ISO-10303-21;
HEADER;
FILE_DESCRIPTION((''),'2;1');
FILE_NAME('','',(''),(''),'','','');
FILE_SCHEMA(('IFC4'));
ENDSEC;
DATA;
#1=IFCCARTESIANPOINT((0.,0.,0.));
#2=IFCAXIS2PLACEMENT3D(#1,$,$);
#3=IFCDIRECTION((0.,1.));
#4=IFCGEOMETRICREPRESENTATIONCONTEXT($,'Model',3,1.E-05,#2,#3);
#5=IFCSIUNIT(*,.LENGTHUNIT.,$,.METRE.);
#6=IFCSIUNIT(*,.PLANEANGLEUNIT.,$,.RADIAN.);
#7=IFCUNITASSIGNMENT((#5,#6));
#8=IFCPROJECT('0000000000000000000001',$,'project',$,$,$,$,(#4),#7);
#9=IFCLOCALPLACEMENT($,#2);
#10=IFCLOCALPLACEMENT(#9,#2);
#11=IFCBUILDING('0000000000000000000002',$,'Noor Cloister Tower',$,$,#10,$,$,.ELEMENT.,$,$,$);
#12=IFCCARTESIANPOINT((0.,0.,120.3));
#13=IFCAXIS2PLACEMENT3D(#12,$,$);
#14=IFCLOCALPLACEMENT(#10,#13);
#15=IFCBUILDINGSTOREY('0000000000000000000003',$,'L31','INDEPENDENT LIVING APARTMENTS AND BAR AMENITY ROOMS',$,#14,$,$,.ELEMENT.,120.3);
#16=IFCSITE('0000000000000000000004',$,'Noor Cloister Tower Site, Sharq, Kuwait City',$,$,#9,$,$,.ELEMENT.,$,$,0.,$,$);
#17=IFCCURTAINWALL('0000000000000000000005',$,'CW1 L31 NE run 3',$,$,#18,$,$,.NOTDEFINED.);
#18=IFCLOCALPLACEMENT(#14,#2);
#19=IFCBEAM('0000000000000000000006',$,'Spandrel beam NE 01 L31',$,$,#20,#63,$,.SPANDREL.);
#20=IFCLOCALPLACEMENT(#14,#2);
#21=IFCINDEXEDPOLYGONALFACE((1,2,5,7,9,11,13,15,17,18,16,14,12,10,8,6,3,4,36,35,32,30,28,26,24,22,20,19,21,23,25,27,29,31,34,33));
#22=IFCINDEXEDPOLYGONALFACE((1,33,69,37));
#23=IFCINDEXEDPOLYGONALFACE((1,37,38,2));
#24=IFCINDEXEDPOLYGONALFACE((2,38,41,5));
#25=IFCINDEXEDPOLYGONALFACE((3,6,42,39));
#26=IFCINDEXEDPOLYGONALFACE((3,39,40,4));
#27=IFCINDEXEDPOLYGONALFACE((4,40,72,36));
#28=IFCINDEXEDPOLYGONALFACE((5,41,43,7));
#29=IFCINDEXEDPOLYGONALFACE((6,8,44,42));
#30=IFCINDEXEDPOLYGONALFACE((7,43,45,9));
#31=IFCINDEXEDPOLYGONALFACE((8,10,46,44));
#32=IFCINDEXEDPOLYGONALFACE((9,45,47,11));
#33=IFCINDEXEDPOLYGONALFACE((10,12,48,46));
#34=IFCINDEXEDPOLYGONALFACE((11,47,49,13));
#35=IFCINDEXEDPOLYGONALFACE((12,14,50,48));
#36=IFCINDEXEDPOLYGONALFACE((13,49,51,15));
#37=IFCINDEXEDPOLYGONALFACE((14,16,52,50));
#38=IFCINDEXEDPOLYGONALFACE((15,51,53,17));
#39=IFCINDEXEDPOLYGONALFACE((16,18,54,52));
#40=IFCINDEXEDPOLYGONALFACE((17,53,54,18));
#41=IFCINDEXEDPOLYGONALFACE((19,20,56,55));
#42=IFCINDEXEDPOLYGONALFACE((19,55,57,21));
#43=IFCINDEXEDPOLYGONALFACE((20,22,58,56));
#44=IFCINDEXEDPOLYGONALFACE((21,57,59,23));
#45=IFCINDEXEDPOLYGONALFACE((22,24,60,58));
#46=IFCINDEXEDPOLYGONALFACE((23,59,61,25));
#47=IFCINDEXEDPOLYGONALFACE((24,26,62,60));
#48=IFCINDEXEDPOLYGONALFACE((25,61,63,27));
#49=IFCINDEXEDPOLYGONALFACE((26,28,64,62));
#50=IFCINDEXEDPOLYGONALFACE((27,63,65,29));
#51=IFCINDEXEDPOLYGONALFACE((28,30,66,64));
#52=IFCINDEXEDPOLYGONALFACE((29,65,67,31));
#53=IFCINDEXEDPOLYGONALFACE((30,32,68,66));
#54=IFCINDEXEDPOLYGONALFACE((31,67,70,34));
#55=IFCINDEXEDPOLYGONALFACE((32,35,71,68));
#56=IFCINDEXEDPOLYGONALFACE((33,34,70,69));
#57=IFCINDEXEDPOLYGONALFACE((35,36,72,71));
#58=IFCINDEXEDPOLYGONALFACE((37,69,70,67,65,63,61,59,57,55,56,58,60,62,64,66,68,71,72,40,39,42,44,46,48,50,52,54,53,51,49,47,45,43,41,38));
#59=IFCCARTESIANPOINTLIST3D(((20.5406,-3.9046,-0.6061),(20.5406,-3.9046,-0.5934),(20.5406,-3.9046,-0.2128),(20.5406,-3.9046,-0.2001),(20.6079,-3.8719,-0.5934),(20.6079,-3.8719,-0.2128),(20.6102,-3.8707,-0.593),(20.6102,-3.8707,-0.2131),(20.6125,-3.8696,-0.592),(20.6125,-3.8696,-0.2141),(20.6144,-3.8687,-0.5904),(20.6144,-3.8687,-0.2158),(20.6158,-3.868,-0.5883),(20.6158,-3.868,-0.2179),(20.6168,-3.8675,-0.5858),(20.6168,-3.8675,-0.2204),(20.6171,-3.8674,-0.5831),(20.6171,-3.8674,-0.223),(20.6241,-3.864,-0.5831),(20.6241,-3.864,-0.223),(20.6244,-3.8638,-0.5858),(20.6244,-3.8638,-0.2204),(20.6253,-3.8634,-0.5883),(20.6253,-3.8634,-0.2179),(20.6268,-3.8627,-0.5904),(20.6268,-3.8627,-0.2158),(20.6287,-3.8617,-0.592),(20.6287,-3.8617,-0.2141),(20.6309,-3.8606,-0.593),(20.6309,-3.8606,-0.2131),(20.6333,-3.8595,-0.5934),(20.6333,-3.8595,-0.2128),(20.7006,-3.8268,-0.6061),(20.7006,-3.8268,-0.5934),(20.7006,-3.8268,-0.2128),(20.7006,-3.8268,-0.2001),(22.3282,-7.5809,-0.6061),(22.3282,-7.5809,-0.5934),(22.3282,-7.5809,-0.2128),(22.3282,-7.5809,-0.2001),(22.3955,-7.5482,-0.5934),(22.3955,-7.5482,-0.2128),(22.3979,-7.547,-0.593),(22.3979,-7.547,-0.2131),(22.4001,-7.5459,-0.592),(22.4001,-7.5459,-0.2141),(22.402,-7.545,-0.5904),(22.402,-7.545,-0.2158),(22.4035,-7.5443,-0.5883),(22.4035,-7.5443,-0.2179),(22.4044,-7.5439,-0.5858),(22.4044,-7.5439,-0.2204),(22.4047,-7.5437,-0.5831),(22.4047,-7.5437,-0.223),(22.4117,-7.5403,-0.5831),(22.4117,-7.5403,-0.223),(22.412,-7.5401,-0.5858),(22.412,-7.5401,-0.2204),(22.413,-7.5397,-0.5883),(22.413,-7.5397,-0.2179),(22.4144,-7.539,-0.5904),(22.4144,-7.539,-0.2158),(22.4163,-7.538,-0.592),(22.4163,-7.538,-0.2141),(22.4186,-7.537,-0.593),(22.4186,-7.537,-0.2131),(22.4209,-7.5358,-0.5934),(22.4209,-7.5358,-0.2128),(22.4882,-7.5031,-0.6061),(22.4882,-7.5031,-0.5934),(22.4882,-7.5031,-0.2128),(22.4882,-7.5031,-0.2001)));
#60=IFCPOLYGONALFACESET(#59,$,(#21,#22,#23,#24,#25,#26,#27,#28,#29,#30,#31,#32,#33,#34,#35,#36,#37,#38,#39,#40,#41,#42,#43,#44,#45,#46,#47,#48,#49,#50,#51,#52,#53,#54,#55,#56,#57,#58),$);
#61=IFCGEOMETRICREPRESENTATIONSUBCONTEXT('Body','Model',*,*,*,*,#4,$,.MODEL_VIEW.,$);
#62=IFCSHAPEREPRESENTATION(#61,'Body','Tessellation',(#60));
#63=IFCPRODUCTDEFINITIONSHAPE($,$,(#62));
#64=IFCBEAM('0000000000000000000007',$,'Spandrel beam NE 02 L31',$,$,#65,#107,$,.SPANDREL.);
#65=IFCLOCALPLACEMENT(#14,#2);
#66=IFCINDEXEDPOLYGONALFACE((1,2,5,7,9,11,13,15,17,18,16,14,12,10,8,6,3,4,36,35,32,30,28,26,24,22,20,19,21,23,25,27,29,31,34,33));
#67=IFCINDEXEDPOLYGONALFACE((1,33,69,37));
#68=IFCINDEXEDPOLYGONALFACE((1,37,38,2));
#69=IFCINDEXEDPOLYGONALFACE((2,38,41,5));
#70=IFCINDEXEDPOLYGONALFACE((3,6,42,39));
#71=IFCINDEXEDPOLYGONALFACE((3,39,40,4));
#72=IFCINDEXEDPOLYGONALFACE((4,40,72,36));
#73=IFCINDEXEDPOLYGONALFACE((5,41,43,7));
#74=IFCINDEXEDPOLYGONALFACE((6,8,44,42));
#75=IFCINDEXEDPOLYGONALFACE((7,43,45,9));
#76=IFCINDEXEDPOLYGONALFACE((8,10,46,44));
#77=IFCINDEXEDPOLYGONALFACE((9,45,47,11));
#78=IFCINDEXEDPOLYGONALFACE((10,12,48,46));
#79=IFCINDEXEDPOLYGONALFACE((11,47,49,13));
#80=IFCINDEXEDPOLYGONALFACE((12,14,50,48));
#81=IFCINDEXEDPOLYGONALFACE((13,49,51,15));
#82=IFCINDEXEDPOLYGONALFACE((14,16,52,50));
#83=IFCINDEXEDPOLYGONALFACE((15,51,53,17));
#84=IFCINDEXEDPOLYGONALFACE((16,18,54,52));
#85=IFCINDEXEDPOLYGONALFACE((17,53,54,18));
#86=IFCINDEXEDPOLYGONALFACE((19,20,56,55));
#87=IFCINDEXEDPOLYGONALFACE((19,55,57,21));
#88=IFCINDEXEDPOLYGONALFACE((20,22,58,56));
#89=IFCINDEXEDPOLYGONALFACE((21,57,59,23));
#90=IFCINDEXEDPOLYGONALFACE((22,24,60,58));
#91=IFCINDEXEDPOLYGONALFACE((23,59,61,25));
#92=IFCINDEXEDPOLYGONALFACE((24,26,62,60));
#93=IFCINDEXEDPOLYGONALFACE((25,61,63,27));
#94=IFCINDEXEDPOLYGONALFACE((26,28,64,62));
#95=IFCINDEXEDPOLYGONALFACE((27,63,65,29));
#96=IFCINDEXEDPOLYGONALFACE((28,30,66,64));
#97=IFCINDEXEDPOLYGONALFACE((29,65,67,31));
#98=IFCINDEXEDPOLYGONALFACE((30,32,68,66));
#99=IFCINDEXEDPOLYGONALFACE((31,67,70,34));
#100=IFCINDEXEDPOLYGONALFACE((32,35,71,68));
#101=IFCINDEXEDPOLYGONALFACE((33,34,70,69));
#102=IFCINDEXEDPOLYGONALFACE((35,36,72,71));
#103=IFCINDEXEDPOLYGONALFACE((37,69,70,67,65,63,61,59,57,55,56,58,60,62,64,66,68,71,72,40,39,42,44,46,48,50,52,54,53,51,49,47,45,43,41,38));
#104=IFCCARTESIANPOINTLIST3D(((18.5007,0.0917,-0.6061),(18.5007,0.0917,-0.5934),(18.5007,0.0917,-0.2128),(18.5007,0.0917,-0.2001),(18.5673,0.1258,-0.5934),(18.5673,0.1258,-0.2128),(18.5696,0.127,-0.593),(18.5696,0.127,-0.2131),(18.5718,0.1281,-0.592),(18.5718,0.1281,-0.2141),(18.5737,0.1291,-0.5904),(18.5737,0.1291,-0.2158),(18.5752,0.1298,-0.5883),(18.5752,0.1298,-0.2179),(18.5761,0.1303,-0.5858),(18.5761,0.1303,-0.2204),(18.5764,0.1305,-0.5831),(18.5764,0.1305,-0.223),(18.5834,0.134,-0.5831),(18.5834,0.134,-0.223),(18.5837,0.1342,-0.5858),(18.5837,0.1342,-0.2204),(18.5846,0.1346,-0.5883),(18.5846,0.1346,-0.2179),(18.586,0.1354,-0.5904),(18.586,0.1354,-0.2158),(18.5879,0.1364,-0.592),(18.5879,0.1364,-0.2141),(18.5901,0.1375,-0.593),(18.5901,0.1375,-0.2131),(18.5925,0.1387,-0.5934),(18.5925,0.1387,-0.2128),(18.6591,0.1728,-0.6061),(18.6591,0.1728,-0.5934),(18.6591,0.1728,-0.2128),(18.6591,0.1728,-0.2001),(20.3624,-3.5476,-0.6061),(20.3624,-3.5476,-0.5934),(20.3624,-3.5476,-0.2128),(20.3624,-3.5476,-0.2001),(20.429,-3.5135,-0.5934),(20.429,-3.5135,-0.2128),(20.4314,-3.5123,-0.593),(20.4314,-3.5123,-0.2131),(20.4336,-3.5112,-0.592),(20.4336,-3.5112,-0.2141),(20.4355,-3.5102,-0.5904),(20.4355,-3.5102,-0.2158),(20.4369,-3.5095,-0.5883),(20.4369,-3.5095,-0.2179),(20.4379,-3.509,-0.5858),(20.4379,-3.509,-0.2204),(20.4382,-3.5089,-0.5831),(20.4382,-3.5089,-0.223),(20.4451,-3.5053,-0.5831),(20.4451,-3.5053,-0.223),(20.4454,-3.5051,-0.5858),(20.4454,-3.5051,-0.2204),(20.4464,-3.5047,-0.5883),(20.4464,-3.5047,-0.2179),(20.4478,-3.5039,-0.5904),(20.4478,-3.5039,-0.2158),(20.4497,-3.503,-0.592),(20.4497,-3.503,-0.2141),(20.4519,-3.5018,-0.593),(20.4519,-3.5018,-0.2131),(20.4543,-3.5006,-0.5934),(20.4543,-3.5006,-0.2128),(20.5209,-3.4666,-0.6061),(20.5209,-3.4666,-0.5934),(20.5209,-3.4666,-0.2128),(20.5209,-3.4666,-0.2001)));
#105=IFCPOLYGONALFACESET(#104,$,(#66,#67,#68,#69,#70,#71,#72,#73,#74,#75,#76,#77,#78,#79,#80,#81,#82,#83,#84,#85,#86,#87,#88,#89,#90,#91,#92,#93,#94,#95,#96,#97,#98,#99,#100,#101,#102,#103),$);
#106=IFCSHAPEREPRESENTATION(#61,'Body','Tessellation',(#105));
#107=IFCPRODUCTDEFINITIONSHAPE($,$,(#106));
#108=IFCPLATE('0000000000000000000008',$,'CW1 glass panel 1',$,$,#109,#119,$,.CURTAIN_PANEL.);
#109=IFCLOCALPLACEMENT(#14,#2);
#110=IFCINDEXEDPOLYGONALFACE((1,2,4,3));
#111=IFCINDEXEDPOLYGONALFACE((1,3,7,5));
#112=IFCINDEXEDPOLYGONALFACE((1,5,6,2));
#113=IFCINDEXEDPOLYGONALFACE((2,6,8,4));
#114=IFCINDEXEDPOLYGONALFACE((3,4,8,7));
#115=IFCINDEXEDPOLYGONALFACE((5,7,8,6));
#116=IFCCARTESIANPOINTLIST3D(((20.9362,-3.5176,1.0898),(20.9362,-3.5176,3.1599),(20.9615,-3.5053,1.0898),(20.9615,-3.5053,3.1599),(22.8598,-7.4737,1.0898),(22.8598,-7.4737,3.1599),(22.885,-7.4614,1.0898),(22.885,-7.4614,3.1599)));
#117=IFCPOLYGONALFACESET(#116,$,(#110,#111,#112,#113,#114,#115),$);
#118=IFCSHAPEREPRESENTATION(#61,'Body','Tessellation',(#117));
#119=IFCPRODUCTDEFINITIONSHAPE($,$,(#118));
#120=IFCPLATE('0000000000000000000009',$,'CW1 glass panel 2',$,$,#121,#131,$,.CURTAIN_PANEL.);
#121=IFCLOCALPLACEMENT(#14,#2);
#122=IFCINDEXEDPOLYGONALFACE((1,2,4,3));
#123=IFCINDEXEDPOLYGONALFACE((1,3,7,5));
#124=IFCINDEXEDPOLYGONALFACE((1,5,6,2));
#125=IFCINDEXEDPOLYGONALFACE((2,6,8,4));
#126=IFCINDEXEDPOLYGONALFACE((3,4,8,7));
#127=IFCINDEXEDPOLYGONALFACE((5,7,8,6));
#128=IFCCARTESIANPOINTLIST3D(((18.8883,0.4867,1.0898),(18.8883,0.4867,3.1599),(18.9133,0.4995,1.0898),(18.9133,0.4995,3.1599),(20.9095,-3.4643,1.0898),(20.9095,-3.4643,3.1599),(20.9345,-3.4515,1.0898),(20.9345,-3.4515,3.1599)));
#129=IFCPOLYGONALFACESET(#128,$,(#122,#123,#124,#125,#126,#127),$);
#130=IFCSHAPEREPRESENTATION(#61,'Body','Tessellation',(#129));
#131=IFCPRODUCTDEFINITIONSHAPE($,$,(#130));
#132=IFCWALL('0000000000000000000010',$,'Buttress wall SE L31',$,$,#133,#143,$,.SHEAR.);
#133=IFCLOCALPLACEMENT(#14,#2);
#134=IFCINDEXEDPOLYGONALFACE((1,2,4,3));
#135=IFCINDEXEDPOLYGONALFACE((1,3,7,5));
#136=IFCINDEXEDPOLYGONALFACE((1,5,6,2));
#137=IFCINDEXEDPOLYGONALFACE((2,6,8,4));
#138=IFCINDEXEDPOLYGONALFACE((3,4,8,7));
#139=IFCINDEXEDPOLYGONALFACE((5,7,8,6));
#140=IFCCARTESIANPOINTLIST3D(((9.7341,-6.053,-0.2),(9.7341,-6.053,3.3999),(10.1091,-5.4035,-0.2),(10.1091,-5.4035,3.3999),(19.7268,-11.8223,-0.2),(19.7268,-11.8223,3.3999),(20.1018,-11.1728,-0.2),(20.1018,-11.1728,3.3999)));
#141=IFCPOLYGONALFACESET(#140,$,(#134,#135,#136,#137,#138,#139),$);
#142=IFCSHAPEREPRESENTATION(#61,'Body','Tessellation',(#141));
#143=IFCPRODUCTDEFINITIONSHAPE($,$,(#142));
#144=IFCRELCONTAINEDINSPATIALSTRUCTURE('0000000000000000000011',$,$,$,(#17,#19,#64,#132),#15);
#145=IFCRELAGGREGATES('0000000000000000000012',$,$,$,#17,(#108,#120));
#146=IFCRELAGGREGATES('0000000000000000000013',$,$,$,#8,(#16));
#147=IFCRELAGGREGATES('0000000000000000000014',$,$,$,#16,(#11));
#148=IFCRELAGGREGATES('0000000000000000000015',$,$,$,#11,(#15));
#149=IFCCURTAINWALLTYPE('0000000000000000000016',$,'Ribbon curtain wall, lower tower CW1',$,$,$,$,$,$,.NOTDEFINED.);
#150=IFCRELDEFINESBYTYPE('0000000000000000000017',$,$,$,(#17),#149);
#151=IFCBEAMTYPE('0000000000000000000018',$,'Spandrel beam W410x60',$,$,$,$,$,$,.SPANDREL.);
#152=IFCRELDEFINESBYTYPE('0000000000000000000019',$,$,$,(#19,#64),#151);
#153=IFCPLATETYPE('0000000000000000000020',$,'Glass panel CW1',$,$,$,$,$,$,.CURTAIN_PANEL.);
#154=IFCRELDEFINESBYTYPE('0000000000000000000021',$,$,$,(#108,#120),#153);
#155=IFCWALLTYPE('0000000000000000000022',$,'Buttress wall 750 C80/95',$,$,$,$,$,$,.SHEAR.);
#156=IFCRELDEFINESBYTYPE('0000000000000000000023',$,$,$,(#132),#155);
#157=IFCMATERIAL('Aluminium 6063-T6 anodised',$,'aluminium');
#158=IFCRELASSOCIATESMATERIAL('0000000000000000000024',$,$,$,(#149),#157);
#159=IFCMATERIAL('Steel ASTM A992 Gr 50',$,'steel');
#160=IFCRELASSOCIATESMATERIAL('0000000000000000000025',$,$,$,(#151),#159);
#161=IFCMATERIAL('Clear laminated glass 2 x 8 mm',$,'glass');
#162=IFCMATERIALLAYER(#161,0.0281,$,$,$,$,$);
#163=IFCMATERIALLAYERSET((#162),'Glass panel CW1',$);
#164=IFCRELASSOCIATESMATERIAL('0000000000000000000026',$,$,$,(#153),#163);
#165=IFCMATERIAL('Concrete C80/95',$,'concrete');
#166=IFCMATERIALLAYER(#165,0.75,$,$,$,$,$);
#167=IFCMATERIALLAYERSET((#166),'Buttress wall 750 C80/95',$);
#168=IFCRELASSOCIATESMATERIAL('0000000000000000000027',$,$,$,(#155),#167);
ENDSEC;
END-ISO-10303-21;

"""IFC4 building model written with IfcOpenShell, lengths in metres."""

from ifc_helpers import new_model, si_unit, direction, frame, frame_2d, origin, origin_2d, place, context, subcontext, project, spatial, rectangle, i_section, extrude, material, layer, layer_set, material_profile, profile_set, type_object, element, aggregate, save


model = new_model("IFC4")

# Units and contexts
model_context = context("Model", 3, precision=1e-05, world=origin(), true_north=direction((0.0, 1.0)))
body_context = subcontext(model_context, "Body", "Model", "MODEL_VIEW")
ifc_project = project(units=[si_unit("LENGTHUNIT", "METRE"), si_unit("PLANEANGLEUNIT", "RADIAN")], contexts=[model_context])

# Site, building, storey
site_placement = place(None, origin())
site = spatial("IfcSite", under=ifc_project, at=site_placement, Name="Noor Cloister Tower Site, Sharq, Kuwait City", CompositionType="ELEMENT", RefElevation=0.0)
building_placement = place(site_placement, origin())
building = spatial("IfcBuilding", under=site, at=building_placement, Name="Noor Cloister Tower", CompositionType="ELEMENT")
storey_placement = place(building_placement, frame((0.0, 0.0, 120.3)))
storey = spatial("IfcBuildingStorey", under=building, at=storey_placement, Name="L31", Description="INDEPENDENT LIVING APARTMENTS AND BAR AMENITY ROOMS", CompositionType="ELEMENT", Elevation=120.3)

# Curtain wall
ifc_material_1 = material(Name="Aluminium 6063-T6 anodised", Category="aluminium")
curtain_wall_type = type_object("IfcCurtainWallType", Name="Ribbon curtain wall, lower tower CW1", PredefinedType="NOTDEFINED", material=ifc_material_1)
curtain_wall_placement = place(storey_placement, origin())
curtain_wall = element("IfcCurtainWall", 1, at=curtain_wall_placement, inside=storey, type_object=curtain_wall_type, Name="CW1 L31 NE run 3", PredefinedType="NOTDEFINED")

# Beams
ifc_material_2 = material(Name="Steel ASTM A992 Gr 50", Category="steel")
ifc_material_profile_1 = material_profile(ifc_material_2, i_section(OverallWidth=0.178, OverallDepth=0.406, WebThickness=0.0078, FlangeThickness=0.0127, FilletRadius=0.0103, at=origin_2d()), Name="W410x60")
ifc_profile_set_1 = profile_set([ifc_material_profile_1], Name="Steel ASTM A992 Gr 50")
beam_type_1 = type_object("IfcBeamType", Name="Spandrel beam W410x60", PredefinedType="SPANDREL", material=ifc_profile_set_1)
for number, where, z_axis, x_axis, name in (
    (2, (22.4082, -7.542, -0.4031), (-0.437296, 0.899318, 0.0), (-0.899318, -0.437296, 0.0), "Spandrel beam NE 01 L31"),
    (3, (20.4417, -3.5071, -0.4031), (-0.455436, 0.890268, 0.0), (-0.890268, -0.455436, 0.0), "Spandrel beam NE 02 L31"),
):
    element("IfcBeam", number, at=place(storey_placement, frame(where, z_axis=z_axis, x_axis=x_axis)), inside=storey, type_object=beam_type_1, Name=name, PredefinedType="SPANDREL", context=body_context, shape_type="SweptSolid", body=[
        extrude(i_section(OverallWidth=0.178, OverallDepth=0.406, WebThickness=0.0078, FlangeThickness=0.0127, FilletRadius=0.0103, at=origin_2d()), origin(), (0.0, 0.0, 1.0), 4.0879),
    ])

# Plates
ifc_material_3 = material(Name="Clear laminated glass 2 x 8 mm", Category="glass")
ifc_layer_1 = layer(ifc_material_3, 0.0281)
ifc_layer_set_1 = layer_set([ifc_layer_1], Name="Glass panel CW1")
plate_type = type_object("IfcPlateType", Name="Glass panel CW1", PredefinedType="CURTAIN_PANEL", material=ifc_layer_set_1)
plate_1_placement = place(storey_placement, frame((21.9106, -5.4895, 1.0898), z_axis=(0.0, 0.0, 1.0), x_axis=(-0.437276, 0.899328, 0.0)))
plate_1 = element("IfcPlate", 4, at=plate_1_placement, type_object=plate_type, Name="CW1 glass panel 1", PredefinedType="CURTAIN_PANEL", context=body_context, shape_type="SweptSolid", body=[
    extrude(rectangle(XDim=4.3989, YDim=0.0281, at=origin_2d()), origin(), (0.0, 0.0, 1.0), 2.0701),
])
plate_2_placement = place(storey_placement, frame((19.9114, -1.4824, 1.0898), z_axis=(0.0, 0.0, 1.0), x_axis=(-0.455436, 0.890269, 0.0)))
plate_2 = element("IfcPlate", 5, at=plate_2_placement, type_object=plate_type, Name="CW1 glass panel 2", PredefinedType="CURTAIN_PANEL", context=body_context, shape_type="SweptSolid", body=[
    extrude(rectangle(XDim=4.438, YDim=0.0281, at=origin_2d()), origin(), (0.0, 0.0, 1.0), 2.0701),
])
aggregate(curtain_wall, [plate_1, plate_2])

# Wall
ifc_material_4 = material(Name="Concrete C80/95", Category="concrete")
ifc_layer_2 = layer(ifc_material_4, 0.75)
ifc_layer_set_2 = layer_set([ifc_layer_2], Name="Buttress wall 750 C80/95")
wall_type_1 = type_object("IfcWallType", Name="Buttress wall 750 C80/95", PredefinedType="SHEAR", material=ifc_layer_set_2)
wall_1_placement = place(storey_placement, frame((9.9216, -5.7283, -0.2), z_axis=(0.0, 0.0, 1.0), x_axis=(0.866025, -0.500001, 0.0)))
element("IfcWall", 6, at=wall_1_placement, inside=storey, type_object=wall_type_1, Name="Buttress wall SE L31", PredefinedType="SHEAR", context=body_context, shape_type="SweptSolid", body=[
    extrude(rectangle(XDim=11.5386, YDim=0.75, at=frame_2d((5.7693, 0.0))), origin(), (0.0, 0.0, 1.0), 3.5999),
])

save(model, "model.ifc")
